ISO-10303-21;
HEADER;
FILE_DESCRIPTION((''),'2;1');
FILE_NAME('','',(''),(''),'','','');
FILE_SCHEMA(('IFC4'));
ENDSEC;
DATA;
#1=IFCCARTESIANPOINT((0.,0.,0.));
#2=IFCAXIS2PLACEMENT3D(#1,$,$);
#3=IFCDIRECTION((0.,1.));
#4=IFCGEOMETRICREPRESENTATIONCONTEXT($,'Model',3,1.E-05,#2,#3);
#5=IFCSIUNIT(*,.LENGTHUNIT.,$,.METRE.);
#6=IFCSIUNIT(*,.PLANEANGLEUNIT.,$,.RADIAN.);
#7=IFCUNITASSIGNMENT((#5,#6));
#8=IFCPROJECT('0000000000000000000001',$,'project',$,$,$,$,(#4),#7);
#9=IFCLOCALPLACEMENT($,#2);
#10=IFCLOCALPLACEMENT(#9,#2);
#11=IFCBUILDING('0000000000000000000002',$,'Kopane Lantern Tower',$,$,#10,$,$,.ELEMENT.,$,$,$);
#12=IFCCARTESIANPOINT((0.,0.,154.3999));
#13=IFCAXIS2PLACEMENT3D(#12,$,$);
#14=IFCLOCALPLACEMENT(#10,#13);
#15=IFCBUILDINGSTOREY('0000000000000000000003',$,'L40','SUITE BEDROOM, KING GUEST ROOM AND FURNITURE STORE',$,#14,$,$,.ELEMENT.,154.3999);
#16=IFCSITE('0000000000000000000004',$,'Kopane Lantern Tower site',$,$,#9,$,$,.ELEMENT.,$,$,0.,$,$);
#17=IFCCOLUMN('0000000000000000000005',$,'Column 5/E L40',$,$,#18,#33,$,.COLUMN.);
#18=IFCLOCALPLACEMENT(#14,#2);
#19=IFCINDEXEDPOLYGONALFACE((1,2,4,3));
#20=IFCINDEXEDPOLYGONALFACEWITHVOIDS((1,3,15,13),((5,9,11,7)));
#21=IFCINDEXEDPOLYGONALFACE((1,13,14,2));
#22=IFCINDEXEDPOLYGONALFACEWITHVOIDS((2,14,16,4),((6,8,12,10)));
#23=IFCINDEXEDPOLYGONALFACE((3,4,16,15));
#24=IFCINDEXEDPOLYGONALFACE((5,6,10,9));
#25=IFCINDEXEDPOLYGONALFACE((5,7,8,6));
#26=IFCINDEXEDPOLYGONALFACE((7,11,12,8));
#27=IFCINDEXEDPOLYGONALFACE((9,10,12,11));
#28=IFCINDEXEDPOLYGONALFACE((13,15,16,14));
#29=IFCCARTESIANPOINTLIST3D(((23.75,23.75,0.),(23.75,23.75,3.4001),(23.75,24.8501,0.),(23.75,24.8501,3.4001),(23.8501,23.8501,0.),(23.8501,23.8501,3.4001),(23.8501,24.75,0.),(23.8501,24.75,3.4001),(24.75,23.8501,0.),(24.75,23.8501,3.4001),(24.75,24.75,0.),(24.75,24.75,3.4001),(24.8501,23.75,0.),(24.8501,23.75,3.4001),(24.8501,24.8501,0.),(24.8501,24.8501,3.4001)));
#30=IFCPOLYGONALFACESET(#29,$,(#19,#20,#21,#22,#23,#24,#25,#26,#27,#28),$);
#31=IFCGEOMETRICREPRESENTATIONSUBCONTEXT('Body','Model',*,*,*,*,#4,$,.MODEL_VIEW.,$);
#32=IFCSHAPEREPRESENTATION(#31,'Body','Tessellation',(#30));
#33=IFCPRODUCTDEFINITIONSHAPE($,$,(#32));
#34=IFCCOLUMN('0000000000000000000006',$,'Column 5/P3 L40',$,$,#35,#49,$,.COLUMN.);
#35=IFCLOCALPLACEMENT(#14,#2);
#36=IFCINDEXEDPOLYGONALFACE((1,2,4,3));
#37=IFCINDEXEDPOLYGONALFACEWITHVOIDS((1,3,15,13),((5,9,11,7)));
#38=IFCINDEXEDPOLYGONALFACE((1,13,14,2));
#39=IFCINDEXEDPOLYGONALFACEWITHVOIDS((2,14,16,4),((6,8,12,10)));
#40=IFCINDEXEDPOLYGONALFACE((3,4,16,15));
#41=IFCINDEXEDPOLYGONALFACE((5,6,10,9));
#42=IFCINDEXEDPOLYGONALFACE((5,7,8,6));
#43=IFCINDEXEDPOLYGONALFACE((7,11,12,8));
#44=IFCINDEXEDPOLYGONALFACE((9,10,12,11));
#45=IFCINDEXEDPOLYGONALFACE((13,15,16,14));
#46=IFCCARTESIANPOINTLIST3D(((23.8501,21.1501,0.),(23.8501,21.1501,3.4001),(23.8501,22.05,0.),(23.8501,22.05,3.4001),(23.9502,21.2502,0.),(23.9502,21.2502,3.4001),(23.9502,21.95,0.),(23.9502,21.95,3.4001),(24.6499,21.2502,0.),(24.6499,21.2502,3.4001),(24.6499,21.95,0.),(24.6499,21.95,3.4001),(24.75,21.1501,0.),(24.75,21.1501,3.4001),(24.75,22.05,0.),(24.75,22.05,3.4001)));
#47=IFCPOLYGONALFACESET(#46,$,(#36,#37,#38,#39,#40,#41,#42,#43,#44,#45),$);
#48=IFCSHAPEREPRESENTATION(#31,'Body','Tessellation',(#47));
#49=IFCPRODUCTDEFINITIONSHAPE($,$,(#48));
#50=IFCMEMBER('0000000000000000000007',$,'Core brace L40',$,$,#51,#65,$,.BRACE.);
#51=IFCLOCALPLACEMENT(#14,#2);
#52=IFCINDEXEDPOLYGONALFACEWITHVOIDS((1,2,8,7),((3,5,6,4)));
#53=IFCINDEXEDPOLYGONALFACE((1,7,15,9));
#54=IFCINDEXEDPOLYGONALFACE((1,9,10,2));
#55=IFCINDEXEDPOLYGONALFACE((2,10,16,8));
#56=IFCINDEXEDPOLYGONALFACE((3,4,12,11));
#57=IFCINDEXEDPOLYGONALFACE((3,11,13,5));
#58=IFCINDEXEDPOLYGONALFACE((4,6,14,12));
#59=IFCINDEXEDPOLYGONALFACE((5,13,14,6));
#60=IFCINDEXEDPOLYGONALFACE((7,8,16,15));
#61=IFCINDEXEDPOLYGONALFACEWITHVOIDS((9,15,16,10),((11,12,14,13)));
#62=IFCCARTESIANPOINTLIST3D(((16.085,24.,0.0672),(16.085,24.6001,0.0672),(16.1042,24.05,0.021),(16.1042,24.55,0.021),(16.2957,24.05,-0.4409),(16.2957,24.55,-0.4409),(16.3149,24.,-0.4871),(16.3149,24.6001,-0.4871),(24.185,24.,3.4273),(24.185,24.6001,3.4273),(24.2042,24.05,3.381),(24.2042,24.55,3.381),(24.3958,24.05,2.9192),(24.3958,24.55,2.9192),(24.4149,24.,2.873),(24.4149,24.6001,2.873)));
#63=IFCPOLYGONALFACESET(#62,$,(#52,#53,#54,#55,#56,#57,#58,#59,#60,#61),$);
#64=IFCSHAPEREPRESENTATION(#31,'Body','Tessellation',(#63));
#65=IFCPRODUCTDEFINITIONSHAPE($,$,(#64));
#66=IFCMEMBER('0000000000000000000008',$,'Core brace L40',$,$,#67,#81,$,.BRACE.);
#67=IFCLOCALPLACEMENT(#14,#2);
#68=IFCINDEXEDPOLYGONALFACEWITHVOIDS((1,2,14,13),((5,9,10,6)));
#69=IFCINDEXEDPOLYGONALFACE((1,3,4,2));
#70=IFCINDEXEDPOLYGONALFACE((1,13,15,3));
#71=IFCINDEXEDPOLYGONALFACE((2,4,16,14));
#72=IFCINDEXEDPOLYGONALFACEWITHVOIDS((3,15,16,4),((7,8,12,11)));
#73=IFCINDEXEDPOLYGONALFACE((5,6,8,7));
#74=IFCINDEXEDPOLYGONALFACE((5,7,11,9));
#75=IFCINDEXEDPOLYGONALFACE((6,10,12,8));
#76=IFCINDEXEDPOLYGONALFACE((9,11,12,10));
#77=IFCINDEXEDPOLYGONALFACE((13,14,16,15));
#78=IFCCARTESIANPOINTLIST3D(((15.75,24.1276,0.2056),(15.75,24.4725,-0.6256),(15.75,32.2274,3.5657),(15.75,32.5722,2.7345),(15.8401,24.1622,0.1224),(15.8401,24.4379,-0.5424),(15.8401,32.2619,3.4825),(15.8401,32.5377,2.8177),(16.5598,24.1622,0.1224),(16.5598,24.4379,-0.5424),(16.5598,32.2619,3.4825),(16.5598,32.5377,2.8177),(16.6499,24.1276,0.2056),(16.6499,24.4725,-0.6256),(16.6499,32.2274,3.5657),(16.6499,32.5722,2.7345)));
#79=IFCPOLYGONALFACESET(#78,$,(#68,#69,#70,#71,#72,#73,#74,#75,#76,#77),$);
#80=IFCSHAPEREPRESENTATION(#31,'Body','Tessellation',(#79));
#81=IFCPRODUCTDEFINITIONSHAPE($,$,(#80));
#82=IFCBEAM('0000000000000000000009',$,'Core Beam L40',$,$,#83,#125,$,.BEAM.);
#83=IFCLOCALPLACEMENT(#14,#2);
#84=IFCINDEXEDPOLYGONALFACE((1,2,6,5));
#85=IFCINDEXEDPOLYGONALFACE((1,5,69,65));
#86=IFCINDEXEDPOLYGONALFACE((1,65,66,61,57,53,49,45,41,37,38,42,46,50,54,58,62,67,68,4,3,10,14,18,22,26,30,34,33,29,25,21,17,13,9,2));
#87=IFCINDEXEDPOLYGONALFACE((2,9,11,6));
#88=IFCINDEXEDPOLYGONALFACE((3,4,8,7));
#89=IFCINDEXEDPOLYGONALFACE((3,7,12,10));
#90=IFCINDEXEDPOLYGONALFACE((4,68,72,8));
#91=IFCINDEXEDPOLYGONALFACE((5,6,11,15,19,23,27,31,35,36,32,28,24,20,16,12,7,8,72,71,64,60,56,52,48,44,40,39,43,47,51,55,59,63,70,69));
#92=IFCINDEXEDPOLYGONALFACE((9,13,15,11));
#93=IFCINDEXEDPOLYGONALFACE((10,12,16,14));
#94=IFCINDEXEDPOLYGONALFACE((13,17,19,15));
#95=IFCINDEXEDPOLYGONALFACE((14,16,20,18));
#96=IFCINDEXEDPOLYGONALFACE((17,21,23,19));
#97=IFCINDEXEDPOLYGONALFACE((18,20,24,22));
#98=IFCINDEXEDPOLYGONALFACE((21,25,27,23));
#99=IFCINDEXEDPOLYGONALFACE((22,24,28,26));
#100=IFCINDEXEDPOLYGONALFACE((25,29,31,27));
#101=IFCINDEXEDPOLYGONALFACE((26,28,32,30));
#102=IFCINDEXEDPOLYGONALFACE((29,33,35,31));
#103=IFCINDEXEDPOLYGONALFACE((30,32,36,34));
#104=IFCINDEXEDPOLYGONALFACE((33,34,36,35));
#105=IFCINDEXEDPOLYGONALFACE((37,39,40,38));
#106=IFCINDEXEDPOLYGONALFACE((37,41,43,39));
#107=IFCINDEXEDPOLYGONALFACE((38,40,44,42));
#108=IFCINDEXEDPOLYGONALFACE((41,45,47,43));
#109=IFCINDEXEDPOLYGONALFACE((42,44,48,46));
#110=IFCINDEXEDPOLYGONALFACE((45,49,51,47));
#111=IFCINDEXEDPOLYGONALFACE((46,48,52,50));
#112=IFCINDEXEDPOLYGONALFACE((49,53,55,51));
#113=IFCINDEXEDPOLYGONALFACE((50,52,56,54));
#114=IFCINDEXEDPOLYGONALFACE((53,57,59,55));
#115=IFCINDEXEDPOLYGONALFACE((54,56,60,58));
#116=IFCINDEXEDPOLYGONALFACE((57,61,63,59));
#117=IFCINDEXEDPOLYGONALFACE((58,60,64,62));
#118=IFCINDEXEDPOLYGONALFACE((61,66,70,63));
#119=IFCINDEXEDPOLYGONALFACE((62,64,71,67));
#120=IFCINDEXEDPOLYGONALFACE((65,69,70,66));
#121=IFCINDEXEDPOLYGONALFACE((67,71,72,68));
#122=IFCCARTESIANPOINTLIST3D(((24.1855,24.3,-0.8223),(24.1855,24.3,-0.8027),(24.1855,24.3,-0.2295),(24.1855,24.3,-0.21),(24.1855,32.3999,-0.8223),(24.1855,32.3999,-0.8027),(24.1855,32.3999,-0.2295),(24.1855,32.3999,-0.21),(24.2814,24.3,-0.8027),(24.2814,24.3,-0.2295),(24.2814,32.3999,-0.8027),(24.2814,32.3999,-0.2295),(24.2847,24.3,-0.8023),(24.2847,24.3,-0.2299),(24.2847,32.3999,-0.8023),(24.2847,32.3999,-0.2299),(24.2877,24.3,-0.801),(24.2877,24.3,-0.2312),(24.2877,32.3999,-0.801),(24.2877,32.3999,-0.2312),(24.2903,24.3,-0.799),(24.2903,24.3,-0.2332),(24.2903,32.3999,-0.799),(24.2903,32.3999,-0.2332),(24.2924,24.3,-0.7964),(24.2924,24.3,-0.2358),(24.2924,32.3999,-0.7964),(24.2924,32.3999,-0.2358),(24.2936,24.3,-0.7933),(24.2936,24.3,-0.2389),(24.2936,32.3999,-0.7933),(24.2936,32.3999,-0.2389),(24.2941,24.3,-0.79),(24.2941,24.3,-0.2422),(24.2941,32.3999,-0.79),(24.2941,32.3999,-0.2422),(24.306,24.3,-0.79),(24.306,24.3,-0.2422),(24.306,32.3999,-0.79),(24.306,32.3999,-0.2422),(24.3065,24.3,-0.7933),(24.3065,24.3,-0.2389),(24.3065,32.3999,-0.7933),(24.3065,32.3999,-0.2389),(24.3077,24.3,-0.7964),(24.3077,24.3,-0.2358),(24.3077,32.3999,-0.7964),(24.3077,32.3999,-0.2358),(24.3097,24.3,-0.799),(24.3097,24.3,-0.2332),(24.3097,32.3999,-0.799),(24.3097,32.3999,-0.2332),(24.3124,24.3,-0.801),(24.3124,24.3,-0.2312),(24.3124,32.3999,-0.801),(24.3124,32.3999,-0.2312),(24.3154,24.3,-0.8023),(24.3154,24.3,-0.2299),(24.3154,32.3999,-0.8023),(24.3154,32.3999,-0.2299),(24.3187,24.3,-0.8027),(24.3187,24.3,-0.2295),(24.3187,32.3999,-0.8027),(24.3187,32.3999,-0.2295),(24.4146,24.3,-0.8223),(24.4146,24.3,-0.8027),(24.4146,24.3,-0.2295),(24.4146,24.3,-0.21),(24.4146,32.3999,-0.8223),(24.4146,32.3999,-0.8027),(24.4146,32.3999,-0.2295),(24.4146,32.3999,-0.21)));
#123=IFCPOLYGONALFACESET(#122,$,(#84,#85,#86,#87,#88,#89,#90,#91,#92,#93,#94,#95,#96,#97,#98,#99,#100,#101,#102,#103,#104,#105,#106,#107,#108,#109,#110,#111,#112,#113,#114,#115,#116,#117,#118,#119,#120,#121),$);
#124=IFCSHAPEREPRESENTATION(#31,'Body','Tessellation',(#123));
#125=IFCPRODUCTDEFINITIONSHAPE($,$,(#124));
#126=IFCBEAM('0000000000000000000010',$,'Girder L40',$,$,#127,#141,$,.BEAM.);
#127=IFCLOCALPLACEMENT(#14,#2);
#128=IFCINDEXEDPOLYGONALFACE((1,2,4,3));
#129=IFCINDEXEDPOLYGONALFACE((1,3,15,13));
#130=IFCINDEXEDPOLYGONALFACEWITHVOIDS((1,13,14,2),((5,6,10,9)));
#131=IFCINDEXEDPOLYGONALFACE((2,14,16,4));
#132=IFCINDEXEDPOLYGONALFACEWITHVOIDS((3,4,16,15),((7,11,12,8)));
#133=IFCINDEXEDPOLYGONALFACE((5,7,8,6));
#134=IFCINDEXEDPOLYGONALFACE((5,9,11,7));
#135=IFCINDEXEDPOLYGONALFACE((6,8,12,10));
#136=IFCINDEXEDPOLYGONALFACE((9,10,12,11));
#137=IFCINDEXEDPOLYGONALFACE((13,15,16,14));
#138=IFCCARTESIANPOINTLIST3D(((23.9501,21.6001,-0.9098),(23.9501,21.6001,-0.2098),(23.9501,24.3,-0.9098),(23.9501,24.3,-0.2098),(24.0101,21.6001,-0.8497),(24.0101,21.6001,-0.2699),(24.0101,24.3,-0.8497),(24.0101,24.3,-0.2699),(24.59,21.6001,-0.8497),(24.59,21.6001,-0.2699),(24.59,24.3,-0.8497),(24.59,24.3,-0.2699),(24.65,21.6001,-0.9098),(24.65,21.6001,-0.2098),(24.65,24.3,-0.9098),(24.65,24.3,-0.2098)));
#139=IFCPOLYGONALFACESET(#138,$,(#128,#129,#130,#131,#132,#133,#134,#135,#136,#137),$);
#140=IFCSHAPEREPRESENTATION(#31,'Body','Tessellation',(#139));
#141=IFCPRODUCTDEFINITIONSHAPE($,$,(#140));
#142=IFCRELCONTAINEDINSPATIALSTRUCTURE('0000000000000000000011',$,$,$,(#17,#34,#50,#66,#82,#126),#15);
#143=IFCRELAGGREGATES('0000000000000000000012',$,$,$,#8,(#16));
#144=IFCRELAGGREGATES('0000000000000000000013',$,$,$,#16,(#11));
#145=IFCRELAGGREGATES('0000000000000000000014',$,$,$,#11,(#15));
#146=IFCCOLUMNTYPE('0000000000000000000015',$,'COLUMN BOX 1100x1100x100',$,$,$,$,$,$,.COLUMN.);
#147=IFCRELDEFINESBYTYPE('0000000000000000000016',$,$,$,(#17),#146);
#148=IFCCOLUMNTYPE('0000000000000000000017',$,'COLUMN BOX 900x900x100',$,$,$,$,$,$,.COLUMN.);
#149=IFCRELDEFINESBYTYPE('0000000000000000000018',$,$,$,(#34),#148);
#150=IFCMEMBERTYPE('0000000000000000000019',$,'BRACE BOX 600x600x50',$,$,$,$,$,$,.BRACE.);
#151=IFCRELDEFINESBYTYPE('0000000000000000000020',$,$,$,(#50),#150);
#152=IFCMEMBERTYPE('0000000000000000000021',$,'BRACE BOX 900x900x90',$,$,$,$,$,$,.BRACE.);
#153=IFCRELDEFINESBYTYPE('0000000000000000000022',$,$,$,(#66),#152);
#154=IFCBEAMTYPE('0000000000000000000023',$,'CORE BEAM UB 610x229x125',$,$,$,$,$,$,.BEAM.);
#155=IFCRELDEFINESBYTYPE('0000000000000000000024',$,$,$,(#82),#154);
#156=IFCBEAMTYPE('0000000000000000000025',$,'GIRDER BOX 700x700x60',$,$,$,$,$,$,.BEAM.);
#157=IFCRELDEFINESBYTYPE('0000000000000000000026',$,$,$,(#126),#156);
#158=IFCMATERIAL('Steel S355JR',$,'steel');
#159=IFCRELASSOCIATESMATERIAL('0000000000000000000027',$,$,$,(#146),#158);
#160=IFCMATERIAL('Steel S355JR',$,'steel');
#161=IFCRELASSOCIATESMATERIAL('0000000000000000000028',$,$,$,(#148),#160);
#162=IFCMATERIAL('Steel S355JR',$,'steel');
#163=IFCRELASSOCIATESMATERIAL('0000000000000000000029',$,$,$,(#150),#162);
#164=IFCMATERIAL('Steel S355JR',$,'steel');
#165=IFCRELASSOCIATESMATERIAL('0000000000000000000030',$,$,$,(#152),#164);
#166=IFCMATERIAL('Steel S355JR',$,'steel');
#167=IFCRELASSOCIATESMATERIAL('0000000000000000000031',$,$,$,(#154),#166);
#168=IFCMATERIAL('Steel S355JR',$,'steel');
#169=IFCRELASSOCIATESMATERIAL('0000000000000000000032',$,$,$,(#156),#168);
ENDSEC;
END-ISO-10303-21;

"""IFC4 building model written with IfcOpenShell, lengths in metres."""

from ifc_helpers import new_model, si_unit, direction, frame, origin, origin_2d, place, context, subcontext, project, spatial, hollow_rectangle, i_section, extrude, material, material_profile, profile_set, type_object, element, save


model = new_model("IFC4")

# Units and contexts
model_context = context("Model", 3, precision=1e-05, world=origin(), true_north=direction((0.0, 1.0)))
body_context = subcontext(model_context, "Body", "Model", "MODEL_VIEW")
ifc_project = project(units=[si_unit("LENGTHUNIT", "METRE"), si_unit("PLANEANGLEUNIT", "RADIAN")], contexts=[model_context])

# Site, building, storey
site_placement = place(None, origin())
site = spatial("IfcSite", under=ifc_project, at=site_placement, Name="Kopane Lantern Tower site", CompositionType="ELEMENT", RefElevation=0.0)
building_placement = place(site_placement, origin())
building = spatial("IfcBuilding", under=site, at=building_placement, Name="Kopane Lantern Tower", CompositionType="ELEMENT")
storey_placement = place(building_placement, frame((0.0, 0.0, 154.3999)))
storey = spatial("IfcBuildingStorey", under=building, at=storey_placement, Name="L40", Description="SUITE BEDROOM, KING GUEST ROOM AND FURNITURE STORE", CompositionType="ELEMENT", Elevation=154.3999)

# Columns
ifc_material_1 = material(Name="Steel S355JR", Category="steel")
ifc_material_profile_1 = material_profile(ifc_material_1, hollow_rectangle(XDim=1.1001, YDim=1.1001, WallThickness=0.1001, at=origin_2d()), Name="BOX 1100x1100x100")
ifc_profile_set_1 = profile_set([ifc_material_profile_1], Name="Steel S355JR")
column_type_1 = type_object("IfcColumnType", Name="COLUMN BOX 1100x1100x100", PredefinedType="COLUMN", material=ifc_profile_set_1)
column_1_placement = place(storey_placement, frame((24.3, 24.3, 0.0), z_axis=(0.0, 0.0, 1.0), x_axis=(1.0, 0.0, 0.0)))
element("IfcColumn", 1, at=column_1_placement, inside=storey, type_object=column_type_1, Name="Column 5/E L40", PredefinedType="COLUMN", context=body_context, shape_type="SweptSolid", body=[
    extrude(hollow_rectangle(XDim=1.1001, YDim=1.1001, WallThickness=0.1001, at=origin_2d()), origin(), (0.0, 0.0, 1.0), 3.4001),
])
ifc_material_2 = material(Name="Steel S355JR", Category="steel")
ifc_material_profile_2 = material_profile(ifc_material_2, hollow_rectangle(XDim=0.8999, YDim=0.8999, WallThickness=0.1001, at=origin_2d()), Name="BOX 900x900x100")
ifc_profile_set_2 = profile_set([ifc_material_profile_2], Name="Steel S355JR")
column_type_2 = type_object("IfcColumnType", Name="COLUMN BOX 900x900x100", PredefinedType="COLUMN", material=ifc_profile_set_2)
column_2_placement = place(storey_placement, frame((24.3, 21.6001, 0.0), z_axis=(0.0, 0.0, 1.0), x_axis=(1.0, 0.0, 0.0)))
element("IfcColumn", 2, at=column_2_placement, inside=storey, type_object=column_type_2, Name="Column 5/P3 L40", PredefinedType="COLUMN", context=body_context, shape_type="SweptSolid", body=[
    extrude(hollow_rectangle(XDim=0.8999, YDim=0.8999, WallThickness=0.1001, at=origin_2d()), origin(), (0.0, 0.0, 1.0), 3.4001),
])

# Members
ifc_material_3 = material(Name="Steel S355JR", Category="steel")
ifc_material_profile_3 = material_profile(ifc_material_3, hollow_rectangle(XDim=0.6001, YDim=0.6001, WallThickness=0.05, at=origin_2d()), Name="BOX 600x600x50")
ifc_profile_set_3 = profile_set([ifc_material_profile_3], Name="Steel S355JR")
member_type_1 = type_object("IfcMemberType", Name="BRACE BOX 600x600x50", PredefinedType="BRACE", material=ifc_profile_set_3)
member_1_placement = place(storey_placement, frame((16.2, 24.3, -0.21), z_axis=(0.92368, 0.0, 0.383164), x_axis=(0.0, 1.0, 0.0)))
element("IfcMember", 3, at=member_1_placement, inside=storey, type_object=member_type_1, Name="Core brace L40", PredefinedType="BRACE", context=body_context, shape_type="SweptSolid", body=[
    extrude(hollow_rectangle(XDim=0.6001, YDim=0.6001, WallThickness=0.05, at=origin_2d()), origin(), (0.0, 0.0, 1.0), 8.7693),
])
ifc_material_4 = material(Name="Steel S355JR", Category="steel")
ifc_material_profile_4 = material_profile(ifc_material_4, hollow_rectangle(XDim=0.8999, YDim=0.8999, WallThickness=0.0901, at=origin_2d()), Name="BOX 900x900x90")
ifc_profile_set_4 = profile_set([ifc_material_profile_4], Name="Steel S355JR")
member_type_2 = type_object("IfcMemberType", Name="BRACE BOX 900x900x90", PredefinedType="BRACE", material=ifc_profile_set_4)
member_2_placement = place(storey_placement, frame((16.2, 24.3, -0.21), z_axis=(0.0, 0.923676, 0.383174), x_axis=(-1.0, 0.0, 0.0)))
element("IfcMember", 4, at=member_2_placement, inside=storey, type_object=member_type_2, Name="Core brace L40", PredefinedType="BRACE", context=body_context, shape_type="SweptSolid", body=[
    extrude(hollow_rectangle(XDim=0.8999, YDim=0.8999, WallThickness=0.0901, at=origin_2d()), origin(), (0.0, 0.0, 1.0), 8.769),
])

# Beams
ifc_material_5 = material(Name="Steel S355JR", Category="steel")
ifc_material_profile_5 = material_profile(ifc_material_5, i_section(OverallWidth=0.229, OverallDepth=0.6123, WebThickness=0.012, FlangeThickness=0.0195, FilletRadius=0.0127, at=origin_2d()), Name="UB 610x229x125")
ifc_profile_set_5 = profile_set([ifc_material_profile_5], Name="Steel S355JR")
beam_type_1 = type_object("IfcBeamType", Name="CORE BEAM UB 610x229x125", PredefinedType="BEAM", material=ifc_profile_set_5)
beam_1_placement = place(storey_placement, frame((24.3, 24.3, -0.5161), z_axis=(0.0, 1.0, 0.0), x_axis=(-1.0, 0.0, 0.0)))
element("IfcBeam", 5, at=beam_1_placement, inside=storey, type_object=beam_type_1, Name="Core Beam L40", PredefinedType="BEAM", context=body_context, shape_type="SweptSolid", body=[
    extrude(i_section(OverallWidth=0.229, OverallDepth=0.6123, WebThickness=0.012, FlangeThickness=0.0195, FilletRadius=0.0127, at=origin_2d()), origin(), (0.0, 0.0, 1.0), 8.0999),
])
ifc_material_6 = material(Name="Steel S355JR", Category="steel")
ifc_material_profile_6 = material_profile(ifc_material_6, hollow_rectangle(XDim=0.7, YDim=0.7, WallThickness=0.0601, at=origin_2d()), Name="BOX 700x700x60")
ifc_profile_set_6 = profile_set([ifc_material_profile_6], Name="Steel S355JR")
beam_type_2 = type_object("IfcBeamType", Name="GIRDER BOX 700x700x60", PredefinedType="BEAM", material=ifc_profile_set_6)
beam_2_placement = place(storey_placement, frame((24.3, 21.6001, -0.5598), z_axis=(0.0, 1.0, 0.0), x_axis=(-1.0, 0.0, 0.0)))
element("IfcBeam", 6, at=beam_2_placement, inside=storey, type_object=beam_type_2, Name="Girder L40", PredefinedType="BEAM", context=body_context, shape_type="SweptSolid", body=[
    extrude(hollow_rectangle(XDim=0.7, YDim=0.7, WallThickness=0.0601, at=origin_2d()), origin(), (0.0, 0.0, 1.0), 2.7),
])

save(model, "model.ifc")
